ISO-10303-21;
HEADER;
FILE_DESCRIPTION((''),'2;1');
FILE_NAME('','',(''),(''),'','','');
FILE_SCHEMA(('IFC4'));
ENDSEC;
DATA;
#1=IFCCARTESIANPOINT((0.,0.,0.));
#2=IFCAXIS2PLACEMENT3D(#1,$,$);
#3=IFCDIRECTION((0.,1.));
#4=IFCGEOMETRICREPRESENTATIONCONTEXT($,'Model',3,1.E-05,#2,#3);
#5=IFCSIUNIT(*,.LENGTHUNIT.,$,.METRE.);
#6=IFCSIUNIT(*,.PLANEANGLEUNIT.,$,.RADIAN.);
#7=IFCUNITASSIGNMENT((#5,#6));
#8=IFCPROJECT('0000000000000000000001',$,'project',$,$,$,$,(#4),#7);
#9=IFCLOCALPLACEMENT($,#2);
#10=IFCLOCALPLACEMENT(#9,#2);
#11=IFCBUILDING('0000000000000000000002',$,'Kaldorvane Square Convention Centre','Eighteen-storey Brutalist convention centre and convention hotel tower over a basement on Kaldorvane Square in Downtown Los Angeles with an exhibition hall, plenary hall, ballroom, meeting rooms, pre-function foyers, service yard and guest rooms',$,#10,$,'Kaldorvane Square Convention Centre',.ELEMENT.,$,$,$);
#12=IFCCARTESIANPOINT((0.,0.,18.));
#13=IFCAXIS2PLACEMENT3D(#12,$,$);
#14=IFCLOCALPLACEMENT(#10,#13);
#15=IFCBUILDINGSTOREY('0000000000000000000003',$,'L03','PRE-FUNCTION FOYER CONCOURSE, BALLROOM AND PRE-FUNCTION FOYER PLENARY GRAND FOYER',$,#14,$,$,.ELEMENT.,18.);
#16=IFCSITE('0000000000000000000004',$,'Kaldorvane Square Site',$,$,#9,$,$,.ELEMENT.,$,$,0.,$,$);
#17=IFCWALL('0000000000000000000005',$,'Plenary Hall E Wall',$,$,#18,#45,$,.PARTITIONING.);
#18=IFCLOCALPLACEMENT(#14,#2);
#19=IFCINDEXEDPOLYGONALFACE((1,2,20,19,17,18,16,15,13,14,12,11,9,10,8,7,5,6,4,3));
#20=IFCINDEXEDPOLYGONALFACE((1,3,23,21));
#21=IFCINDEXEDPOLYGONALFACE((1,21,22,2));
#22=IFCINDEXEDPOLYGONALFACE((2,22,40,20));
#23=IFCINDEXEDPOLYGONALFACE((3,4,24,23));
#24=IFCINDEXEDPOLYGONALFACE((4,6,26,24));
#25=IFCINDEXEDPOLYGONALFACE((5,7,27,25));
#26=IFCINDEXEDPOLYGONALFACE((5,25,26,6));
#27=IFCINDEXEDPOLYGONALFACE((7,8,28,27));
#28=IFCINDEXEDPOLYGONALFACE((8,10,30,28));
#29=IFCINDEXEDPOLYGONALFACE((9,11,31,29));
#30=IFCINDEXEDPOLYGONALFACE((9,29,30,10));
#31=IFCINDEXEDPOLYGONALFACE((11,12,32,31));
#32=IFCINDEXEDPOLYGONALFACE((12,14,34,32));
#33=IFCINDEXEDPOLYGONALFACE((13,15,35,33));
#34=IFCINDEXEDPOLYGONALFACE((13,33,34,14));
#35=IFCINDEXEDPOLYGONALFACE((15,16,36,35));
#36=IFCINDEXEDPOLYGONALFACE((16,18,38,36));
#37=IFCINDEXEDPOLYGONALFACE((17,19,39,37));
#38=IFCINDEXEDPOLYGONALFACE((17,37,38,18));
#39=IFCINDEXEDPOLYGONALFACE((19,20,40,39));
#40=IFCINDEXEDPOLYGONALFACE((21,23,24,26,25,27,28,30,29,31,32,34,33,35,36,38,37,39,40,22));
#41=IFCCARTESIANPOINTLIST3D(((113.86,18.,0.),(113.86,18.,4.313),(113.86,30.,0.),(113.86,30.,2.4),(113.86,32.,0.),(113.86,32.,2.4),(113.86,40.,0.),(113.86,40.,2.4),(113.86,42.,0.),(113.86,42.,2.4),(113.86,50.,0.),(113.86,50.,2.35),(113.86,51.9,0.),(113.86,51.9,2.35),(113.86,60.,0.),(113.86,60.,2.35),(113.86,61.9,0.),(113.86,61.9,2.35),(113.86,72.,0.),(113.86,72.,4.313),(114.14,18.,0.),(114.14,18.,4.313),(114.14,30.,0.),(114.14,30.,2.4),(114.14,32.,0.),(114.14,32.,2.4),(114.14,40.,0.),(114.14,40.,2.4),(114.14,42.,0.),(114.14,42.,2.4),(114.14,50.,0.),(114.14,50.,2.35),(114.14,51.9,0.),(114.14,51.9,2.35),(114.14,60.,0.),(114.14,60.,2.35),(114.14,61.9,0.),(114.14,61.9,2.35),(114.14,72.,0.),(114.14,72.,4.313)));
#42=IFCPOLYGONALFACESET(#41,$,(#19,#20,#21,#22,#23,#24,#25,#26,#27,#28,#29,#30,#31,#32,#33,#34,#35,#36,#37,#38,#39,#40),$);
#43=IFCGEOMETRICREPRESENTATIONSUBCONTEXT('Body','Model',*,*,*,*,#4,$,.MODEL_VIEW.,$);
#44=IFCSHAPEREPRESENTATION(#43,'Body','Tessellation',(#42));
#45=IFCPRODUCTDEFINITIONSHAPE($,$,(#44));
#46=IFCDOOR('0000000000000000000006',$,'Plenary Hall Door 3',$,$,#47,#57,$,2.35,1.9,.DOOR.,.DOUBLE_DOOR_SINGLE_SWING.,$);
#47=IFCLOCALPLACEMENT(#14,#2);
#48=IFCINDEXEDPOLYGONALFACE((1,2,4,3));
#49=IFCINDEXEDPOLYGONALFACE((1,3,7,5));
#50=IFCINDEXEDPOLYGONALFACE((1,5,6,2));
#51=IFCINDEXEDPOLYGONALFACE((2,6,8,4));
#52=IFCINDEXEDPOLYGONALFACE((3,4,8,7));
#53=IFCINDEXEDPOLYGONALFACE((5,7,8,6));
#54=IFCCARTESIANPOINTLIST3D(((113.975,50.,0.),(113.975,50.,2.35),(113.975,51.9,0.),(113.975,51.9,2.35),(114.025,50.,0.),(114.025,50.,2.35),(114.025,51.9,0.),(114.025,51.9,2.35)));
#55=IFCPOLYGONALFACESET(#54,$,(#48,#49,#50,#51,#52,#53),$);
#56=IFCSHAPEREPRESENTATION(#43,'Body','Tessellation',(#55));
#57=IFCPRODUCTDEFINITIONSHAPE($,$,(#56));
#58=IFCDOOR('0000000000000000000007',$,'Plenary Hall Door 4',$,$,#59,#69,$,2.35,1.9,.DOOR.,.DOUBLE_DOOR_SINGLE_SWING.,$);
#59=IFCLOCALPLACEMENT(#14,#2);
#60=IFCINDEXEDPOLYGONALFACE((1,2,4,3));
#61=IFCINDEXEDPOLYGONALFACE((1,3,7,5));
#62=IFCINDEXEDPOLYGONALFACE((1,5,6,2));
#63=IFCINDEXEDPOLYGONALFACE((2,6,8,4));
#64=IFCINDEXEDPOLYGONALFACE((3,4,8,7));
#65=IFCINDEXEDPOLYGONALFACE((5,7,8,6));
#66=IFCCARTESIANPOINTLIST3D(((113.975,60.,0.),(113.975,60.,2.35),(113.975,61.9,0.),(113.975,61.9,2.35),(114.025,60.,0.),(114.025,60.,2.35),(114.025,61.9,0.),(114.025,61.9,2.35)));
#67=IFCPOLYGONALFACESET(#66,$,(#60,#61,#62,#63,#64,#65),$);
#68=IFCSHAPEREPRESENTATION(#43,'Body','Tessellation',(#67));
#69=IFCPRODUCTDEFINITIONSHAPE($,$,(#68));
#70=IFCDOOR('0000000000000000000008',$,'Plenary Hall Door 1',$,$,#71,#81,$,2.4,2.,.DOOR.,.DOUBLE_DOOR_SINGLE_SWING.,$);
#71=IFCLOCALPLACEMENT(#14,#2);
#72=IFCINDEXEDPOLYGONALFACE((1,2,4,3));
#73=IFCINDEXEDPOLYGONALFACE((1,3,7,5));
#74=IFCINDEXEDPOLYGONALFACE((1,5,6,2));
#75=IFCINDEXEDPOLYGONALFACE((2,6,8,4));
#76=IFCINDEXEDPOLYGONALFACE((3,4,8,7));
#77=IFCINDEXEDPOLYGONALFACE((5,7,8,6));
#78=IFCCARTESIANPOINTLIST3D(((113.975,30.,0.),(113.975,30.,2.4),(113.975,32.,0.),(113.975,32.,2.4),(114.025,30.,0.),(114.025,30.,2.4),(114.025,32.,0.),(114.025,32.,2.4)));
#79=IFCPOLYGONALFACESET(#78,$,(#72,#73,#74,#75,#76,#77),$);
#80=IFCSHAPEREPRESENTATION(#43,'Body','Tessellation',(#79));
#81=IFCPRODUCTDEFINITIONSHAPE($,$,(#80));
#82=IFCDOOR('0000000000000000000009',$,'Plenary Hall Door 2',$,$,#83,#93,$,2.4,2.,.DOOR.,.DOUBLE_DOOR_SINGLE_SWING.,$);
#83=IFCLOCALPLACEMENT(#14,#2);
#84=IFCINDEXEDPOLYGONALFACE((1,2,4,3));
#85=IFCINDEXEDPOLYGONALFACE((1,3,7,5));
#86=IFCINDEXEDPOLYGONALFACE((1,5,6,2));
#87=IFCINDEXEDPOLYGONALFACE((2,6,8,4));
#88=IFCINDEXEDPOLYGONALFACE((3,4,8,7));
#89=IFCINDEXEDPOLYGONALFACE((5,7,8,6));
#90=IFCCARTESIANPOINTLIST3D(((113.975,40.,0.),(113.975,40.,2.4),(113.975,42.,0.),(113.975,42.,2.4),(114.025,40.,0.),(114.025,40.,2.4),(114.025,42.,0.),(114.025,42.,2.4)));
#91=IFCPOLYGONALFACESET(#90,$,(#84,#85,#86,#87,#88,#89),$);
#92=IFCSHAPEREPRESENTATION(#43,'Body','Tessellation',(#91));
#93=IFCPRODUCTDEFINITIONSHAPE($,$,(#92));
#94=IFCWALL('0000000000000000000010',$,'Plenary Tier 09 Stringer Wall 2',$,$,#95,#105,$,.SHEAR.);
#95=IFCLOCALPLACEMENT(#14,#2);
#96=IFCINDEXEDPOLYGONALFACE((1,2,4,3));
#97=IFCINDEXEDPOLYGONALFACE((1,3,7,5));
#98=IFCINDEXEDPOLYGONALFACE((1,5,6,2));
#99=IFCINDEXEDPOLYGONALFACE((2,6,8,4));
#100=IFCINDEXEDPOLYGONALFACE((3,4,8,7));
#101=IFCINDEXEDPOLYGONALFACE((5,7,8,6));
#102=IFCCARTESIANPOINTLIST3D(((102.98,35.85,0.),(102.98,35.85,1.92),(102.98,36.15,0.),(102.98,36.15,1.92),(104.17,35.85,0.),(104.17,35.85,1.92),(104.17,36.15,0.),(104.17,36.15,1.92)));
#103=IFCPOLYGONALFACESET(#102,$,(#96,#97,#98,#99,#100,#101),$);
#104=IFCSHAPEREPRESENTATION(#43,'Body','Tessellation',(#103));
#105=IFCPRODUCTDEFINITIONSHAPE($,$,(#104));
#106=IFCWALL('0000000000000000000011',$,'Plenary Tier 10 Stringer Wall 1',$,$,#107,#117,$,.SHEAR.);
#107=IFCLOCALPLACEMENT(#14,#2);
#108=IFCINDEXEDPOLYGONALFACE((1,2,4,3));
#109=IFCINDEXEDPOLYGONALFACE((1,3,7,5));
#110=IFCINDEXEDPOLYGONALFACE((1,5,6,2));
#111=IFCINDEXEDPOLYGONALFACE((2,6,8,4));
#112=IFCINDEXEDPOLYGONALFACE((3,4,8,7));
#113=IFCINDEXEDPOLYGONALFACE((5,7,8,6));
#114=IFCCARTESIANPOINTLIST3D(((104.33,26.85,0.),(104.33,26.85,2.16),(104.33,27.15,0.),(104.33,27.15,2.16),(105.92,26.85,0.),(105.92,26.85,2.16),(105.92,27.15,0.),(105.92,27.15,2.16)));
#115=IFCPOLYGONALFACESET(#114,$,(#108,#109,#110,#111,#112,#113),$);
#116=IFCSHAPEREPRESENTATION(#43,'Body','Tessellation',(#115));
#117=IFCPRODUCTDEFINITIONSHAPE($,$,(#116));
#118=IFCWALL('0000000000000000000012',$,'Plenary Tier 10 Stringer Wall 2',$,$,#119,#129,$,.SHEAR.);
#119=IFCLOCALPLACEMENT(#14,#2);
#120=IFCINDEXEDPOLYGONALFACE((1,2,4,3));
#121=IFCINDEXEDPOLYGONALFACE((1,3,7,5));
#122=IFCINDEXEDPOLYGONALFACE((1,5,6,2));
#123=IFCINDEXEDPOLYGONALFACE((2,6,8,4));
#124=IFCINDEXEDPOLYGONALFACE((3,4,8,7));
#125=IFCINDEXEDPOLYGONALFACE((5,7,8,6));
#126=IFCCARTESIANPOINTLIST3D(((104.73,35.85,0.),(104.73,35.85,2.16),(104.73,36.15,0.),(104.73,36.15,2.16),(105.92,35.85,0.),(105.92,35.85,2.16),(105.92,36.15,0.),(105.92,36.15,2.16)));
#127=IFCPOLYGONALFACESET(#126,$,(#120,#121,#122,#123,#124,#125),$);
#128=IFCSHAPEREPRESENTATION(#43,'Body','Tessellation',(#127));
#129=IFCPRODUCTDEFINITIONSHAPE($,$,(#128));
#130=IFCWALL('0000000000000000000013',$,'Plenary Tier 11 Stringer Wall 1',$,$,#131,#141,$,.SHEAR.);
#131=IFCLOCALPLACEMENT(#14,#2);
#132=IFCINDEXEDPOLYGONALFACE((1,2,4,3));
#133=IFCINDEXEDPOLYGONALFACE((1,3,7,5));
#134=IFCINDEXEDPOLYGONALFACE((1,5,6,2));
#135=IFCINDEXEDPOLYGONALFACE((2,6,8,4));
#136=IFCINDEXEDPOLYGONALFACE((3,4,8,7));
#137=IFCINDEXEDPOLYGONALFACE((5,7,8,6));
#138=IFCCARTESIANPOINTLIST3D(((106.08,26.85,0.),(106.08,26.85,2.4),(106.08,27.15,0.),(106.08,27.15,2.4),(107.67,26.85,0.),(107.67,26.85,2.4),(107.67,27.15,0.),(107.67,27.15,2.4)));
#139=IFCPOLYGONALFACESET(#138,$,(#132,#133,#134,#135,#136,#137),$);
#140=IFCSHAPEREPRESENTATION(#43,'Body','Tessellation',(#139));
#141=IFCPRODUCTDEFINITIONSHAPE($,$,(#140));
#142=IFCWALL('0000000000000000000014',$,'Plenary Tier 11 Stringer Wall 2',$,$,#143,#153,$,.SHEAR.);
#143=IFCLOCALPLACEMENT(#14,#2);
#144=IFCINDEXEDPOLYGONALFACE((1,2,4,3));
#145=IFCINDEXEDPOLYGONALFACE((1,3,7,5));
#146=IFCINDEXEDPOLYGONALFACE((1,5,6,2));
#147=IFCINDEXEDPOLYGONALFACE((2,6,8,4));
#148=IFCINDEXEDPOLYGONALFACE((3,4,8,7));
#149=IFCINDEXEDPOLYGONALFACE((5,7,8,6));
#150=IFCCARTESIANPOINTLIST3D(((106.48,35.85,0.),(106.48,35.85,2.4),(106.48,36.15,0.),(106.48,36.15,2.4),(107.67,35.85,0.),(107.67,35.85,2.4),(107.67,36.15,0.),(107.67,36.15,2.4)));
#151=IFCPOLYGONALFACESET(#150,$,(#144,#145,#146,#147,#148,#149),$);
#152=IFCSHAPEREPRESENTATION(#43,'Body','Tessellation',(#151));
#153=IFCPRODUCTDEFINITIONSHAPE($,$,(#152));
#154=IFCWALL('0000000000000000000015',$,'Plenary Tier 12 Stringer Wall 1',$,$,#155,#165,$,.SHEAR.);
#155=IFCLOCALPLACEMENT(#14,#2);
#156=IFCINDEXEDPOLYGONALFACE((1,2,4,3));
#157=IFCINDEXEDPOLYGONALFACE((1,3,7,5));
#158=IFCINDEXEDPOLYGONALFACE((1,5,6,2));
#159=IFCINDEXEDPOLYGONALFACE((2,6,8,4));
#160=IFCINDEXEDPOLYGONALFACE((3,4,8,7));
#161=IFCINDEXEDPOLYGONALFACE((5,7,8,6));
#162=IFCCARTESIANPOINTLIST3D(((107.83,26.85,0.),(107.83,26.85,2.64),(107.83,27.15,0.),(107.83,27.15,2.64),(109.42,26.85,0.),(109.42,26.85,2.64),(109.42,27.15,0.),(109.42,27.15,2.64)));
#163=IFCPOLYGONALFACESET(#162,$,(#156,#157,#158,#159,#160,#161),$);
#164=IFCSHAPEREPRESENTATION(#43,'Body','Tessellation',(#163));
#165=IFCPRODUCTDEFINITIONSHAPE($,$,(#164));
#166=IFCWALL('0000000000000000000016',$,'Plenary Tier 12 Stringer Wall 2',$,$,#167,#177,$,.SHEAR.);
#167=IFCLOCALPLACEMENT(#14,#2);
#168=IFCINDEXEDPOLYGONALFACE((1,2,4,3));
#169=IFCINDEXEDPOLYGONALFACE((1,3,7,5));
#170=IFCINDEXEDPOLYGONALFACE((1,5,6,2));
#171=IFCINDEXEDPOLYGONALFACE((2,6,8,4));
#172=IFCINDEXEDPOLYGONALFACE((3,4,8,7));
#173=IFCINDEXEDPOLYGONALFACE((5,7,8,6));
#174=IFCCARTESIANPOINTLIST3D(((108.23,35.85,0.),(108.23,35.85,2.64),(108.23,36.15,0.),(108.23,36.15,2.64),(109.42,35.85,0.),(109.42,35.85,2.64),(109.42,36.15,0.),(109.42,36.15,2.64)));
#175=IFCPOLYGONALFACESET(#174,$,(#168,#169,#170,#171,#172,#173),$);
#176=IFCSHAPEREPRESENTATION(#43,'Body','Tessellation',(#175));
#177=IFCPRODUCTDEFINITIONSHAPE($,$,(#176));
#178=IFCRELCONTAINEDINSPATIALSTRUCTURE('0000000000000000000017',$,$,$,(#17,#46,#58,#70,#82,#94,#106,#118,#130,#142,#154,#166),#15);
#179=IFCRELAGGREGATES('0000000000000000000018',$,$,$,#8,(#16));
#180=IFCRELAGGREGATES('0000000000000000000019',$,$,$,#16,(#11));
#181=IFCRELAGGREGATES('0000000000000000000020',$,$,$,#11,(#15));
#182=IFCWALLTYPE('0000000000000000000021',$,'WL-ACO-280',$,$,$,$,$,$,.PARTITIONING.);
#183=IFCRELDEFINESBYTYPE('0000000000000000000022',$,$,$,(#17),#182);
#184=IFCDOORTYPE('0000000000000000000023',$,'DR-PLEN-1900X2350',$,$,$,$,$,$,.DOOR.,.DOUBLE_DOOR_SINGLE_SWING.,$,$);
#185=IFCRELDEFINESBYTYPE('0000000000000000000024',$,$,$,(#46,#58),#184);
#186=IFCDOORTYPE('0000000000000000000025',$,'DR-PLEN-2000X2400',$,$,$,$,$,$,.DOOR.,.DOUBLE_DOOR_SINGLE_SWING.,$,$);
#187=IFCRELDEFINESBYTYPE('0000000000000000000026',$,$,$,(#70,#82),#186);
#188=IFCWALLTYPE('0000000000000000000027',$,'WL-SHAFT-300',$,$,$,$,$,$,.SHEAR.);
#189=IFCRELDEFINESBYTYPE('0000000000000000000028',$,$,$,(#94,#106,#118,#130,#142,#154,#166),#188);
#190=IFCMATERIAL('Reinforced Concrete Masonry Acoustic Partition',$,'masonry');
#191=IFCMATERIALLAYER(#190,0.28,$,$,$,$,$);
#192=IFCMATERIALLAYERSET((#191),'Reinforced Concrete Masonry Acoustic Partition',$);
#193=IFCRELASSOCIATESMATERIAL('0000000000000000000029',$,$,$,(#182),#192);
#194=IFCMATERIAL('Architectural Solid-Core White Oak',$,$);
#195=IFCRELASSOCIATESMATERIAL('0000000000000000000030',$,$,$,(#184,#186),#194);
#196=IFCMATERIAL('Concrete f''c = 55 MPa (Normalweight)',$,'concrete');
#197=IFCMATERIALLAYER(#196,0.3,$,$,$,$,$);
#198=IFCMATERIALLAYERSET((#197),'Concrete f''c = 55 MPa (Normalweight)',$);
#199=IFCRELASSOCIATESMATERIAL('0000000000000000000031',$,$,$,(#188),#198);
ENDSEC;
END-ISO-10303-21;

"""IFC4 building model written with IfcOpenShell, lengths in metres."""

from ifc_helpers import new_model, si_unit, direction, frame, frame_2d, origin, place, context, subcontext, project, spatial, rectangle, extrude, material, layer, layer_set, type_object, element, fill, save


model = new_model("IFC4")

# Units and contexts
model_context = context("Model", 3, precision=1e-05, world=origin(), true_north=direction((0.0, 1.0)))
body_context = subcontext(model_context, "Body", "Model", "MODEL_VIEW")
ifc_project = project(units=[si_unit("LENGTHUNIT", "METRE"), si_unit("PLANEANGLEUNIT", "RADIAN")], contexts=[model_context])

# Site, building, storey
site_placement = place(None, origin())
site = spatial("IfcSite", under=ifc_project, at=site_placement, Name="Kaldorvane Square Site", CompositionType="ELEMENT", RefElevation=0.0)
building_placement = place(site_placement, origin())
building = spatial("IfcBuilding", under=site, at=building_placement, Name="Kaldorvane Square Convention Centre", Description="Eighteen-storey Brutalist convention centre and convention hotel tower over a basement on Kaldorvane Square in Downtown Los Angeles with an exhibition hall, plenary hall, ballroom, meeting rooms, pre-function foyers, service yard and guest rooms", LongName="Kaldorvane Square Convention Centre", CompositionType="ELEMENT")
storey_placement = place(building_placement, frame((0.0, 0.0, 18.0)))
storey = spatial("IfcBuildingStorey", under=building, at=storey_placement, Name="L03", Description="PRE-FUNCTION FOYER CONCOURSE, BALLROOM AND PRE-FUNCTION FOYER PLENARY GRAND FOYER", CompositionType="ELEMENT", Elevation=18.0)

# Wall, openings, doors
ifc_material_1 = material(Name="Reinforced Concrete Masonry Acoustic Partition", Category="masonry")
ifc_layer_1 = layer(ifc_material_1, 0.28)
ifc_layer_set_1 = layer_set([ifc_layer_1], Name="Reinforced Concrete Masonry Acoustic Partition")
wall_type_1 = type_object("IfcWallType", Name="WL-ACO-280", PredefinedType="PARTITIONING", material=ifc_layer_set_1)
wall_1_placement = place(storey_placement, frame((114.0, 18.0, 0.0), z_axis=(0.0, 0.0, 1.0), x_axis=(0.0, 1.0, 0.0)))
wall_1 = element("IfcWall", 1, at=wall_1_placement, inside=storey, type_object=wall_type_1, Name="Plenary Hall E Wall", PredefinedType="PARTITIONING", context=body_context, shape_type="SweptSolid", body=[
    extrude(rectangle(XDim=54.0, YDim=0.28, at=frame_2d((27.0, 0.0))), origin(), (0.0, 0.0, 1.0), 4.313),
])
opening_1_placement = place(wall_1_placement, frame((12.0, 0.0, 0.0)))
opening_1 = element("IfcOpeningElement", 2, at=opening_1_placement, cuts=wall_1, PredefinedType="OPENING", context=body_context, shape_type="SweptSolid", body=[
    extrude(rectangle(XDim=2.0, YDim=2.4, at=frame_2d((1.0, 1.2))), frame((0.0, 0.155, 0.0), z_axis=(0.0, -1.0, 0.0), x_axis=(1.0, 0.0, 0.0)), (0.0, 0.0, 1.0), 0.31),
])
opening_2_placement = place(wall_1_placement, frame((22.0, 0.0, 0.0)))
opening_2 = element("IfcOpeningElement", 3, at=opening_2_placement, cuts=wall_1, PredefinedType="OPENING", context=body_context, shape_type="SweptSolid", body=[
    extrude(rectangle(XDim=2.0, YDim=2.4, at=frame_2d((1.0, 1.2))), frame((0.0, 0.155, 0.0), z_axis=(0.0, -1.0, 0.0), x_axis=(1.0, 0.0, 0.0)), (0.0, 0.0, 1.0), 0.31),
])
opening_3_placement = place(wall_1_placement, frame((32.0, 0.0, 0.0)))
opening_3 = element("IfcOpeningElement", 4, at=opening_3_placement, cuts=wall_1, PredefinedType="OPENING", context=body_context, shape_type="SweptSolid", body=[
    extrude(rectangle(XDim=1.9, YDim=2.35, at=frame_2d((0.95, 1.175))), frame((0.0, 0.155, 0.0), z_axis=(0.0, -1.0, 0.0), x_axis=(1.0, 0.0, 0.0)), (0.0, 0.0, 1.0), 0.31),
])
opening_4_placement = place(wall_1_placement, frame((42.0, 0.0, 0.0)))
opening_4 = element("IfcOpeningElement", 5, at=opening_4_placement, cuts=wall_1, PredefinedType="OPENING", context=body_context, shape_type="SweptSolid", body=[
    extrude(rectangle(XDim=1.9, YDim=2.35, at=frame_2d((0.95, 1.175))), frame((0.0, 0.155, 0.0), z_axis=(0.0, -1.0, 0.0), x_axis=(1.0, 0.0, 0.0)), (0.0, 0.0, 1.0), 0.31),
])
ifc_material_2 = material(Name="Architectural Solid-Core White Oak")
door_type_1 = type_object("IfcDoorType", Name="DR-PLEN-1900X2350", OperationType="DOUBLE_DOOR_SINGLE_SWING", PredefinedType="DOOR", material=ifc_material_2)
door_1_placement = place(opening_3_placement, origin())
door_1 = element("IfcDoor", 6, at=door_1_placement, inside=storey, type_object=door_type_1, Name="Plenary Hall Door 3", OperationType="DOUBLE_DOOR_SINGLE_SWING", OverallHeight=2.35, OverallWidth=1.9, PredefinedType="DOOR", context=body_context, shape_type="SweptSolid", body=[
    extrude(rectangle(XDim=1.9, YDim=2.35, at=frame_2d((0.95, 1.175))), frame((0.0, 0.025, 0.0), z_axis=(0.0, -1.0, 0.0), x_axis=(1.0, 0.0, 0.0)), (0.0, 0.0, 1.0), 0.05),
])
fill(opening_3, door_1)
door_2_placement = place(opening_4_placement, origin())
door_2 = element("IfcDoor", 7, at=door_2_placement, inside=storey, type_object=door_type_1, Name="Plenary Hall Door 4", OperationType="DOUBLE_DOOR_SINGLE_SWING", OverallHeight=2.35, OverallWidth=1.9, PredefinedType="DOOR", context=body_context, shape_type="SweptSolid", body=[
    extrude(rectangle(XDim=1.9, YDim=2.35, at=frame_2d((0.95, 1.175))), frame((0.0, 0.025, 0.0), z_axis=(0.0, -1.0, 0.0), x_axis=(1.0, 0.0, 0.0)), (0.0, 0.0, 1.0), 0.05),
])
fill(opening_4, door_2)
door_type_2 = type_object("IfcDoorType", Name="DR-PLEN-2000X2400", OperationType="DOUBLE_DOOR_SINGLE_SWING", PredefinedType="DOOR", material=ifc_material_2)
door_3_placement = place(opening_1_placement, origin())
door_3 = element("IfcDoor", 8, at=door_3_placement, inside=storey, type_object=door_type_2, Name="Plenary Hall Door 1", OperationType="DOUBLE_DOOR_SINGLE_SWING", OverallHeight=2.4, OverallWidth=2.0, PredefinedType="DOOR", context=body_context, shape_type="SweptSolid", body=[
    extrude(rectangle(XDim=2.0, YDim=2.4, at=frame_2d((1.0, 1.2))), frame((0.0, 0.025, 0.0), z_axis=(0.0, -1.0, 0.0), x_axis=(1.0, 0.0, 0.0)), (0.0, 0.0, 1.0), 0.05),
])
fill(opening_1, door_3)
door_4_placement = place(opening_2_placement, origin())
door_4 = element("IfcDoor", 9, at=door_4_placement, inside=storey, type_object=door_type_2, Name="Plenary Hall Door 2", OperationType="DOUBLE_DOOR_SINGLE_SWING", OverallHeight=2.4, OverallWidth=2.0, PredefinedType="DOOR", context=body_context, shape_type="SweptSolid", body=[
    extrude(rectangle(XDim=2.0, YDim=2.4, at=frame_2d((1.0, 1.2))), frame((0.0, 0.025, 0.0), z_axis=(0.0, -1.0, 0.0), x_axis=(1.0, 0.0, 0.0)), (0.0, 0.0, 1.0), 0.05),
])
fill(opening_2, door_4)

# Walls
ifc_material_3 = material(Name="Concrete f'c = 55 MPa (Normalweight)", Category="concrete")
ifc_layer_2 = layer(ifc_material_3, 0.3)
ifc_layer_set_2 = layer_set([ifc_layer_2], Name="Concrete f'c = 55 MPa (Normalweight)")
wall_type_2 = type_object("IfcWallType", Name="WL-SHAFT-300", PredefinedType="SHEAR", material=ifc_layer_set_2)
wall_2_placement = place(storey_placement, frame((102.98, 36.0, 0.0), z_axis=(0.0, 0.0, 1.0), x_axis=(1.0, 0.0, 0.0)))
element("IfcWall", 10, at=wall_2_placement, inside=storey, type_object=wall_type_2, Name="Plenary Tier 09 Stringer Wall 2", PredefinedType="SHEAR", context=body_context, shape_type="SweptSolid", body=[
    extrude(rectangle(XDim=1.19, YDim=0.3, at=frame_2d((0.595, 0.0))), origin(), (0.0, 0.0, 1.0), 1.92),
])
wall_3_placement = place(storey_placement, frame((104.33, 27.0, 0.0), z_axis=(0.0, 0.0, 1.0), x_axis=(1.0, 0.0, 0.0)))
element("IfcWall", 11, at=wall_3_placement, inside=storey, type_object=wall_type_2, Name="Plenary Tier 10 Stringer Wall 1", PredefinedType="SHEAR", context=body_context, shape_type="SweptSolid", body=[
    extrude(rectangle(XDim=1.59, YDim=0.3, at=frame_2d((0.795, 0.0))), origin(), (0.0, 0.0, 1.0), 2.16),
])
wall_4_placement = place(storey_placement, frame((104.73, 36.0, 0.0), z_axis=(0.0, 0.0, 1.0), x_axis=(1.0, 0.0, 0.0)))
element("IfcWall", 12, at=wall_4_placement, inside=storey, type_object=wall_type_2, Name="Plenary Tier 10 Stringer Wall 2", PredefinedType="SHEAR", context=body_context, shape_type="SweptSolid", body=[
    extrude(rectangle(XDim=1.19, YDim=0.3, at=frame_2d((0.595, 0.0))), origin(), (0.0, 0.0, 1.0), 2.16),
])
wall_5_placement = place(storey_placement, frame((106.08, 27.0, 0.0), z_axis=(0.0, 0.0, 1.0), x_axis=(1.0, 0.0, 0.0)))
element("IfcWall", 13, at=wall_5_placement, inside=storey, type_object=wall_type_2, Name="Plenary Tier 11 Stringer Wall 1", PredefinedType="SHEAR", context=body_context, shape_type="SweptSolid", body=[
    extrude(rectangle(XDim=1.59, YDim=0.3, at=frame_2d((0.795, 0.0))), origin(), (0.0, 0.0, 1.0), 2.4),
])
wall_6_placement = place(storey_placement, frame((106.48, 36.0, 0.0), z_axis=(0.0, 0.0, 1.0), x_axis=(1.0, 0.0, 0.0)))
element("IfcWall", 14, at=wall_6_placement, inside=storey, type_object=wall_type_2, Name="Plenary Tier 11 Stringer Wall 2", PredefinedType="SHEAR", context=body_context, shape_type="SweptSolid", body=[
    extrude(rectangle(XDim=1.19, YDim=0.3, at=frame_2d((0.595, 0.0))), origin(), (0.0, 0.0, 1.0), 2.4),
])
wall_7_placement = place(storey_placement, frame((107.83, 27.0, 0.0), z_axis=(0.0, 0.0, 1.0), x_axis=(1.0, 0.0, 0.0)))
element("IfcWall", 15, at=wall_7_placement, inside=storey, type_object=wall_type_2, Name="Plenary Tier 12 Stringer Wall 1", PredefinedType="SHEAR", context=body_context, shape_type="SweptSolid", body=[
    extrude(rectangle(XDim=1.59, YDim=0.3, at=frame_2d((0.795, 0.0))), origin(), (0.0, 0.0, 1.0), 2.64),
])
wall_8_placement = place(storey_placement, frame((108.23, 36.0, 0.0), z_axis=(0.0, 0.0, 1.0), x_axis=(1.0, 0.0, 0.0)))
element("IfcWall", 16, at=wall_8_placement, inside=storey, type_object=wall_type_2, Name="Plenary Tier 12 Stringer Wall 2", PredefinedType="SHEAR", context=body_context, shape_type="SweptSolid", body=[
    extrude(rectangle(XDim=1.19, YDim=0.3, at=frame_2d((0.595, 0.0))), origin(), (0.0, 0.0, 1.0), 2.64),
])

save(model, "model.ifc")
